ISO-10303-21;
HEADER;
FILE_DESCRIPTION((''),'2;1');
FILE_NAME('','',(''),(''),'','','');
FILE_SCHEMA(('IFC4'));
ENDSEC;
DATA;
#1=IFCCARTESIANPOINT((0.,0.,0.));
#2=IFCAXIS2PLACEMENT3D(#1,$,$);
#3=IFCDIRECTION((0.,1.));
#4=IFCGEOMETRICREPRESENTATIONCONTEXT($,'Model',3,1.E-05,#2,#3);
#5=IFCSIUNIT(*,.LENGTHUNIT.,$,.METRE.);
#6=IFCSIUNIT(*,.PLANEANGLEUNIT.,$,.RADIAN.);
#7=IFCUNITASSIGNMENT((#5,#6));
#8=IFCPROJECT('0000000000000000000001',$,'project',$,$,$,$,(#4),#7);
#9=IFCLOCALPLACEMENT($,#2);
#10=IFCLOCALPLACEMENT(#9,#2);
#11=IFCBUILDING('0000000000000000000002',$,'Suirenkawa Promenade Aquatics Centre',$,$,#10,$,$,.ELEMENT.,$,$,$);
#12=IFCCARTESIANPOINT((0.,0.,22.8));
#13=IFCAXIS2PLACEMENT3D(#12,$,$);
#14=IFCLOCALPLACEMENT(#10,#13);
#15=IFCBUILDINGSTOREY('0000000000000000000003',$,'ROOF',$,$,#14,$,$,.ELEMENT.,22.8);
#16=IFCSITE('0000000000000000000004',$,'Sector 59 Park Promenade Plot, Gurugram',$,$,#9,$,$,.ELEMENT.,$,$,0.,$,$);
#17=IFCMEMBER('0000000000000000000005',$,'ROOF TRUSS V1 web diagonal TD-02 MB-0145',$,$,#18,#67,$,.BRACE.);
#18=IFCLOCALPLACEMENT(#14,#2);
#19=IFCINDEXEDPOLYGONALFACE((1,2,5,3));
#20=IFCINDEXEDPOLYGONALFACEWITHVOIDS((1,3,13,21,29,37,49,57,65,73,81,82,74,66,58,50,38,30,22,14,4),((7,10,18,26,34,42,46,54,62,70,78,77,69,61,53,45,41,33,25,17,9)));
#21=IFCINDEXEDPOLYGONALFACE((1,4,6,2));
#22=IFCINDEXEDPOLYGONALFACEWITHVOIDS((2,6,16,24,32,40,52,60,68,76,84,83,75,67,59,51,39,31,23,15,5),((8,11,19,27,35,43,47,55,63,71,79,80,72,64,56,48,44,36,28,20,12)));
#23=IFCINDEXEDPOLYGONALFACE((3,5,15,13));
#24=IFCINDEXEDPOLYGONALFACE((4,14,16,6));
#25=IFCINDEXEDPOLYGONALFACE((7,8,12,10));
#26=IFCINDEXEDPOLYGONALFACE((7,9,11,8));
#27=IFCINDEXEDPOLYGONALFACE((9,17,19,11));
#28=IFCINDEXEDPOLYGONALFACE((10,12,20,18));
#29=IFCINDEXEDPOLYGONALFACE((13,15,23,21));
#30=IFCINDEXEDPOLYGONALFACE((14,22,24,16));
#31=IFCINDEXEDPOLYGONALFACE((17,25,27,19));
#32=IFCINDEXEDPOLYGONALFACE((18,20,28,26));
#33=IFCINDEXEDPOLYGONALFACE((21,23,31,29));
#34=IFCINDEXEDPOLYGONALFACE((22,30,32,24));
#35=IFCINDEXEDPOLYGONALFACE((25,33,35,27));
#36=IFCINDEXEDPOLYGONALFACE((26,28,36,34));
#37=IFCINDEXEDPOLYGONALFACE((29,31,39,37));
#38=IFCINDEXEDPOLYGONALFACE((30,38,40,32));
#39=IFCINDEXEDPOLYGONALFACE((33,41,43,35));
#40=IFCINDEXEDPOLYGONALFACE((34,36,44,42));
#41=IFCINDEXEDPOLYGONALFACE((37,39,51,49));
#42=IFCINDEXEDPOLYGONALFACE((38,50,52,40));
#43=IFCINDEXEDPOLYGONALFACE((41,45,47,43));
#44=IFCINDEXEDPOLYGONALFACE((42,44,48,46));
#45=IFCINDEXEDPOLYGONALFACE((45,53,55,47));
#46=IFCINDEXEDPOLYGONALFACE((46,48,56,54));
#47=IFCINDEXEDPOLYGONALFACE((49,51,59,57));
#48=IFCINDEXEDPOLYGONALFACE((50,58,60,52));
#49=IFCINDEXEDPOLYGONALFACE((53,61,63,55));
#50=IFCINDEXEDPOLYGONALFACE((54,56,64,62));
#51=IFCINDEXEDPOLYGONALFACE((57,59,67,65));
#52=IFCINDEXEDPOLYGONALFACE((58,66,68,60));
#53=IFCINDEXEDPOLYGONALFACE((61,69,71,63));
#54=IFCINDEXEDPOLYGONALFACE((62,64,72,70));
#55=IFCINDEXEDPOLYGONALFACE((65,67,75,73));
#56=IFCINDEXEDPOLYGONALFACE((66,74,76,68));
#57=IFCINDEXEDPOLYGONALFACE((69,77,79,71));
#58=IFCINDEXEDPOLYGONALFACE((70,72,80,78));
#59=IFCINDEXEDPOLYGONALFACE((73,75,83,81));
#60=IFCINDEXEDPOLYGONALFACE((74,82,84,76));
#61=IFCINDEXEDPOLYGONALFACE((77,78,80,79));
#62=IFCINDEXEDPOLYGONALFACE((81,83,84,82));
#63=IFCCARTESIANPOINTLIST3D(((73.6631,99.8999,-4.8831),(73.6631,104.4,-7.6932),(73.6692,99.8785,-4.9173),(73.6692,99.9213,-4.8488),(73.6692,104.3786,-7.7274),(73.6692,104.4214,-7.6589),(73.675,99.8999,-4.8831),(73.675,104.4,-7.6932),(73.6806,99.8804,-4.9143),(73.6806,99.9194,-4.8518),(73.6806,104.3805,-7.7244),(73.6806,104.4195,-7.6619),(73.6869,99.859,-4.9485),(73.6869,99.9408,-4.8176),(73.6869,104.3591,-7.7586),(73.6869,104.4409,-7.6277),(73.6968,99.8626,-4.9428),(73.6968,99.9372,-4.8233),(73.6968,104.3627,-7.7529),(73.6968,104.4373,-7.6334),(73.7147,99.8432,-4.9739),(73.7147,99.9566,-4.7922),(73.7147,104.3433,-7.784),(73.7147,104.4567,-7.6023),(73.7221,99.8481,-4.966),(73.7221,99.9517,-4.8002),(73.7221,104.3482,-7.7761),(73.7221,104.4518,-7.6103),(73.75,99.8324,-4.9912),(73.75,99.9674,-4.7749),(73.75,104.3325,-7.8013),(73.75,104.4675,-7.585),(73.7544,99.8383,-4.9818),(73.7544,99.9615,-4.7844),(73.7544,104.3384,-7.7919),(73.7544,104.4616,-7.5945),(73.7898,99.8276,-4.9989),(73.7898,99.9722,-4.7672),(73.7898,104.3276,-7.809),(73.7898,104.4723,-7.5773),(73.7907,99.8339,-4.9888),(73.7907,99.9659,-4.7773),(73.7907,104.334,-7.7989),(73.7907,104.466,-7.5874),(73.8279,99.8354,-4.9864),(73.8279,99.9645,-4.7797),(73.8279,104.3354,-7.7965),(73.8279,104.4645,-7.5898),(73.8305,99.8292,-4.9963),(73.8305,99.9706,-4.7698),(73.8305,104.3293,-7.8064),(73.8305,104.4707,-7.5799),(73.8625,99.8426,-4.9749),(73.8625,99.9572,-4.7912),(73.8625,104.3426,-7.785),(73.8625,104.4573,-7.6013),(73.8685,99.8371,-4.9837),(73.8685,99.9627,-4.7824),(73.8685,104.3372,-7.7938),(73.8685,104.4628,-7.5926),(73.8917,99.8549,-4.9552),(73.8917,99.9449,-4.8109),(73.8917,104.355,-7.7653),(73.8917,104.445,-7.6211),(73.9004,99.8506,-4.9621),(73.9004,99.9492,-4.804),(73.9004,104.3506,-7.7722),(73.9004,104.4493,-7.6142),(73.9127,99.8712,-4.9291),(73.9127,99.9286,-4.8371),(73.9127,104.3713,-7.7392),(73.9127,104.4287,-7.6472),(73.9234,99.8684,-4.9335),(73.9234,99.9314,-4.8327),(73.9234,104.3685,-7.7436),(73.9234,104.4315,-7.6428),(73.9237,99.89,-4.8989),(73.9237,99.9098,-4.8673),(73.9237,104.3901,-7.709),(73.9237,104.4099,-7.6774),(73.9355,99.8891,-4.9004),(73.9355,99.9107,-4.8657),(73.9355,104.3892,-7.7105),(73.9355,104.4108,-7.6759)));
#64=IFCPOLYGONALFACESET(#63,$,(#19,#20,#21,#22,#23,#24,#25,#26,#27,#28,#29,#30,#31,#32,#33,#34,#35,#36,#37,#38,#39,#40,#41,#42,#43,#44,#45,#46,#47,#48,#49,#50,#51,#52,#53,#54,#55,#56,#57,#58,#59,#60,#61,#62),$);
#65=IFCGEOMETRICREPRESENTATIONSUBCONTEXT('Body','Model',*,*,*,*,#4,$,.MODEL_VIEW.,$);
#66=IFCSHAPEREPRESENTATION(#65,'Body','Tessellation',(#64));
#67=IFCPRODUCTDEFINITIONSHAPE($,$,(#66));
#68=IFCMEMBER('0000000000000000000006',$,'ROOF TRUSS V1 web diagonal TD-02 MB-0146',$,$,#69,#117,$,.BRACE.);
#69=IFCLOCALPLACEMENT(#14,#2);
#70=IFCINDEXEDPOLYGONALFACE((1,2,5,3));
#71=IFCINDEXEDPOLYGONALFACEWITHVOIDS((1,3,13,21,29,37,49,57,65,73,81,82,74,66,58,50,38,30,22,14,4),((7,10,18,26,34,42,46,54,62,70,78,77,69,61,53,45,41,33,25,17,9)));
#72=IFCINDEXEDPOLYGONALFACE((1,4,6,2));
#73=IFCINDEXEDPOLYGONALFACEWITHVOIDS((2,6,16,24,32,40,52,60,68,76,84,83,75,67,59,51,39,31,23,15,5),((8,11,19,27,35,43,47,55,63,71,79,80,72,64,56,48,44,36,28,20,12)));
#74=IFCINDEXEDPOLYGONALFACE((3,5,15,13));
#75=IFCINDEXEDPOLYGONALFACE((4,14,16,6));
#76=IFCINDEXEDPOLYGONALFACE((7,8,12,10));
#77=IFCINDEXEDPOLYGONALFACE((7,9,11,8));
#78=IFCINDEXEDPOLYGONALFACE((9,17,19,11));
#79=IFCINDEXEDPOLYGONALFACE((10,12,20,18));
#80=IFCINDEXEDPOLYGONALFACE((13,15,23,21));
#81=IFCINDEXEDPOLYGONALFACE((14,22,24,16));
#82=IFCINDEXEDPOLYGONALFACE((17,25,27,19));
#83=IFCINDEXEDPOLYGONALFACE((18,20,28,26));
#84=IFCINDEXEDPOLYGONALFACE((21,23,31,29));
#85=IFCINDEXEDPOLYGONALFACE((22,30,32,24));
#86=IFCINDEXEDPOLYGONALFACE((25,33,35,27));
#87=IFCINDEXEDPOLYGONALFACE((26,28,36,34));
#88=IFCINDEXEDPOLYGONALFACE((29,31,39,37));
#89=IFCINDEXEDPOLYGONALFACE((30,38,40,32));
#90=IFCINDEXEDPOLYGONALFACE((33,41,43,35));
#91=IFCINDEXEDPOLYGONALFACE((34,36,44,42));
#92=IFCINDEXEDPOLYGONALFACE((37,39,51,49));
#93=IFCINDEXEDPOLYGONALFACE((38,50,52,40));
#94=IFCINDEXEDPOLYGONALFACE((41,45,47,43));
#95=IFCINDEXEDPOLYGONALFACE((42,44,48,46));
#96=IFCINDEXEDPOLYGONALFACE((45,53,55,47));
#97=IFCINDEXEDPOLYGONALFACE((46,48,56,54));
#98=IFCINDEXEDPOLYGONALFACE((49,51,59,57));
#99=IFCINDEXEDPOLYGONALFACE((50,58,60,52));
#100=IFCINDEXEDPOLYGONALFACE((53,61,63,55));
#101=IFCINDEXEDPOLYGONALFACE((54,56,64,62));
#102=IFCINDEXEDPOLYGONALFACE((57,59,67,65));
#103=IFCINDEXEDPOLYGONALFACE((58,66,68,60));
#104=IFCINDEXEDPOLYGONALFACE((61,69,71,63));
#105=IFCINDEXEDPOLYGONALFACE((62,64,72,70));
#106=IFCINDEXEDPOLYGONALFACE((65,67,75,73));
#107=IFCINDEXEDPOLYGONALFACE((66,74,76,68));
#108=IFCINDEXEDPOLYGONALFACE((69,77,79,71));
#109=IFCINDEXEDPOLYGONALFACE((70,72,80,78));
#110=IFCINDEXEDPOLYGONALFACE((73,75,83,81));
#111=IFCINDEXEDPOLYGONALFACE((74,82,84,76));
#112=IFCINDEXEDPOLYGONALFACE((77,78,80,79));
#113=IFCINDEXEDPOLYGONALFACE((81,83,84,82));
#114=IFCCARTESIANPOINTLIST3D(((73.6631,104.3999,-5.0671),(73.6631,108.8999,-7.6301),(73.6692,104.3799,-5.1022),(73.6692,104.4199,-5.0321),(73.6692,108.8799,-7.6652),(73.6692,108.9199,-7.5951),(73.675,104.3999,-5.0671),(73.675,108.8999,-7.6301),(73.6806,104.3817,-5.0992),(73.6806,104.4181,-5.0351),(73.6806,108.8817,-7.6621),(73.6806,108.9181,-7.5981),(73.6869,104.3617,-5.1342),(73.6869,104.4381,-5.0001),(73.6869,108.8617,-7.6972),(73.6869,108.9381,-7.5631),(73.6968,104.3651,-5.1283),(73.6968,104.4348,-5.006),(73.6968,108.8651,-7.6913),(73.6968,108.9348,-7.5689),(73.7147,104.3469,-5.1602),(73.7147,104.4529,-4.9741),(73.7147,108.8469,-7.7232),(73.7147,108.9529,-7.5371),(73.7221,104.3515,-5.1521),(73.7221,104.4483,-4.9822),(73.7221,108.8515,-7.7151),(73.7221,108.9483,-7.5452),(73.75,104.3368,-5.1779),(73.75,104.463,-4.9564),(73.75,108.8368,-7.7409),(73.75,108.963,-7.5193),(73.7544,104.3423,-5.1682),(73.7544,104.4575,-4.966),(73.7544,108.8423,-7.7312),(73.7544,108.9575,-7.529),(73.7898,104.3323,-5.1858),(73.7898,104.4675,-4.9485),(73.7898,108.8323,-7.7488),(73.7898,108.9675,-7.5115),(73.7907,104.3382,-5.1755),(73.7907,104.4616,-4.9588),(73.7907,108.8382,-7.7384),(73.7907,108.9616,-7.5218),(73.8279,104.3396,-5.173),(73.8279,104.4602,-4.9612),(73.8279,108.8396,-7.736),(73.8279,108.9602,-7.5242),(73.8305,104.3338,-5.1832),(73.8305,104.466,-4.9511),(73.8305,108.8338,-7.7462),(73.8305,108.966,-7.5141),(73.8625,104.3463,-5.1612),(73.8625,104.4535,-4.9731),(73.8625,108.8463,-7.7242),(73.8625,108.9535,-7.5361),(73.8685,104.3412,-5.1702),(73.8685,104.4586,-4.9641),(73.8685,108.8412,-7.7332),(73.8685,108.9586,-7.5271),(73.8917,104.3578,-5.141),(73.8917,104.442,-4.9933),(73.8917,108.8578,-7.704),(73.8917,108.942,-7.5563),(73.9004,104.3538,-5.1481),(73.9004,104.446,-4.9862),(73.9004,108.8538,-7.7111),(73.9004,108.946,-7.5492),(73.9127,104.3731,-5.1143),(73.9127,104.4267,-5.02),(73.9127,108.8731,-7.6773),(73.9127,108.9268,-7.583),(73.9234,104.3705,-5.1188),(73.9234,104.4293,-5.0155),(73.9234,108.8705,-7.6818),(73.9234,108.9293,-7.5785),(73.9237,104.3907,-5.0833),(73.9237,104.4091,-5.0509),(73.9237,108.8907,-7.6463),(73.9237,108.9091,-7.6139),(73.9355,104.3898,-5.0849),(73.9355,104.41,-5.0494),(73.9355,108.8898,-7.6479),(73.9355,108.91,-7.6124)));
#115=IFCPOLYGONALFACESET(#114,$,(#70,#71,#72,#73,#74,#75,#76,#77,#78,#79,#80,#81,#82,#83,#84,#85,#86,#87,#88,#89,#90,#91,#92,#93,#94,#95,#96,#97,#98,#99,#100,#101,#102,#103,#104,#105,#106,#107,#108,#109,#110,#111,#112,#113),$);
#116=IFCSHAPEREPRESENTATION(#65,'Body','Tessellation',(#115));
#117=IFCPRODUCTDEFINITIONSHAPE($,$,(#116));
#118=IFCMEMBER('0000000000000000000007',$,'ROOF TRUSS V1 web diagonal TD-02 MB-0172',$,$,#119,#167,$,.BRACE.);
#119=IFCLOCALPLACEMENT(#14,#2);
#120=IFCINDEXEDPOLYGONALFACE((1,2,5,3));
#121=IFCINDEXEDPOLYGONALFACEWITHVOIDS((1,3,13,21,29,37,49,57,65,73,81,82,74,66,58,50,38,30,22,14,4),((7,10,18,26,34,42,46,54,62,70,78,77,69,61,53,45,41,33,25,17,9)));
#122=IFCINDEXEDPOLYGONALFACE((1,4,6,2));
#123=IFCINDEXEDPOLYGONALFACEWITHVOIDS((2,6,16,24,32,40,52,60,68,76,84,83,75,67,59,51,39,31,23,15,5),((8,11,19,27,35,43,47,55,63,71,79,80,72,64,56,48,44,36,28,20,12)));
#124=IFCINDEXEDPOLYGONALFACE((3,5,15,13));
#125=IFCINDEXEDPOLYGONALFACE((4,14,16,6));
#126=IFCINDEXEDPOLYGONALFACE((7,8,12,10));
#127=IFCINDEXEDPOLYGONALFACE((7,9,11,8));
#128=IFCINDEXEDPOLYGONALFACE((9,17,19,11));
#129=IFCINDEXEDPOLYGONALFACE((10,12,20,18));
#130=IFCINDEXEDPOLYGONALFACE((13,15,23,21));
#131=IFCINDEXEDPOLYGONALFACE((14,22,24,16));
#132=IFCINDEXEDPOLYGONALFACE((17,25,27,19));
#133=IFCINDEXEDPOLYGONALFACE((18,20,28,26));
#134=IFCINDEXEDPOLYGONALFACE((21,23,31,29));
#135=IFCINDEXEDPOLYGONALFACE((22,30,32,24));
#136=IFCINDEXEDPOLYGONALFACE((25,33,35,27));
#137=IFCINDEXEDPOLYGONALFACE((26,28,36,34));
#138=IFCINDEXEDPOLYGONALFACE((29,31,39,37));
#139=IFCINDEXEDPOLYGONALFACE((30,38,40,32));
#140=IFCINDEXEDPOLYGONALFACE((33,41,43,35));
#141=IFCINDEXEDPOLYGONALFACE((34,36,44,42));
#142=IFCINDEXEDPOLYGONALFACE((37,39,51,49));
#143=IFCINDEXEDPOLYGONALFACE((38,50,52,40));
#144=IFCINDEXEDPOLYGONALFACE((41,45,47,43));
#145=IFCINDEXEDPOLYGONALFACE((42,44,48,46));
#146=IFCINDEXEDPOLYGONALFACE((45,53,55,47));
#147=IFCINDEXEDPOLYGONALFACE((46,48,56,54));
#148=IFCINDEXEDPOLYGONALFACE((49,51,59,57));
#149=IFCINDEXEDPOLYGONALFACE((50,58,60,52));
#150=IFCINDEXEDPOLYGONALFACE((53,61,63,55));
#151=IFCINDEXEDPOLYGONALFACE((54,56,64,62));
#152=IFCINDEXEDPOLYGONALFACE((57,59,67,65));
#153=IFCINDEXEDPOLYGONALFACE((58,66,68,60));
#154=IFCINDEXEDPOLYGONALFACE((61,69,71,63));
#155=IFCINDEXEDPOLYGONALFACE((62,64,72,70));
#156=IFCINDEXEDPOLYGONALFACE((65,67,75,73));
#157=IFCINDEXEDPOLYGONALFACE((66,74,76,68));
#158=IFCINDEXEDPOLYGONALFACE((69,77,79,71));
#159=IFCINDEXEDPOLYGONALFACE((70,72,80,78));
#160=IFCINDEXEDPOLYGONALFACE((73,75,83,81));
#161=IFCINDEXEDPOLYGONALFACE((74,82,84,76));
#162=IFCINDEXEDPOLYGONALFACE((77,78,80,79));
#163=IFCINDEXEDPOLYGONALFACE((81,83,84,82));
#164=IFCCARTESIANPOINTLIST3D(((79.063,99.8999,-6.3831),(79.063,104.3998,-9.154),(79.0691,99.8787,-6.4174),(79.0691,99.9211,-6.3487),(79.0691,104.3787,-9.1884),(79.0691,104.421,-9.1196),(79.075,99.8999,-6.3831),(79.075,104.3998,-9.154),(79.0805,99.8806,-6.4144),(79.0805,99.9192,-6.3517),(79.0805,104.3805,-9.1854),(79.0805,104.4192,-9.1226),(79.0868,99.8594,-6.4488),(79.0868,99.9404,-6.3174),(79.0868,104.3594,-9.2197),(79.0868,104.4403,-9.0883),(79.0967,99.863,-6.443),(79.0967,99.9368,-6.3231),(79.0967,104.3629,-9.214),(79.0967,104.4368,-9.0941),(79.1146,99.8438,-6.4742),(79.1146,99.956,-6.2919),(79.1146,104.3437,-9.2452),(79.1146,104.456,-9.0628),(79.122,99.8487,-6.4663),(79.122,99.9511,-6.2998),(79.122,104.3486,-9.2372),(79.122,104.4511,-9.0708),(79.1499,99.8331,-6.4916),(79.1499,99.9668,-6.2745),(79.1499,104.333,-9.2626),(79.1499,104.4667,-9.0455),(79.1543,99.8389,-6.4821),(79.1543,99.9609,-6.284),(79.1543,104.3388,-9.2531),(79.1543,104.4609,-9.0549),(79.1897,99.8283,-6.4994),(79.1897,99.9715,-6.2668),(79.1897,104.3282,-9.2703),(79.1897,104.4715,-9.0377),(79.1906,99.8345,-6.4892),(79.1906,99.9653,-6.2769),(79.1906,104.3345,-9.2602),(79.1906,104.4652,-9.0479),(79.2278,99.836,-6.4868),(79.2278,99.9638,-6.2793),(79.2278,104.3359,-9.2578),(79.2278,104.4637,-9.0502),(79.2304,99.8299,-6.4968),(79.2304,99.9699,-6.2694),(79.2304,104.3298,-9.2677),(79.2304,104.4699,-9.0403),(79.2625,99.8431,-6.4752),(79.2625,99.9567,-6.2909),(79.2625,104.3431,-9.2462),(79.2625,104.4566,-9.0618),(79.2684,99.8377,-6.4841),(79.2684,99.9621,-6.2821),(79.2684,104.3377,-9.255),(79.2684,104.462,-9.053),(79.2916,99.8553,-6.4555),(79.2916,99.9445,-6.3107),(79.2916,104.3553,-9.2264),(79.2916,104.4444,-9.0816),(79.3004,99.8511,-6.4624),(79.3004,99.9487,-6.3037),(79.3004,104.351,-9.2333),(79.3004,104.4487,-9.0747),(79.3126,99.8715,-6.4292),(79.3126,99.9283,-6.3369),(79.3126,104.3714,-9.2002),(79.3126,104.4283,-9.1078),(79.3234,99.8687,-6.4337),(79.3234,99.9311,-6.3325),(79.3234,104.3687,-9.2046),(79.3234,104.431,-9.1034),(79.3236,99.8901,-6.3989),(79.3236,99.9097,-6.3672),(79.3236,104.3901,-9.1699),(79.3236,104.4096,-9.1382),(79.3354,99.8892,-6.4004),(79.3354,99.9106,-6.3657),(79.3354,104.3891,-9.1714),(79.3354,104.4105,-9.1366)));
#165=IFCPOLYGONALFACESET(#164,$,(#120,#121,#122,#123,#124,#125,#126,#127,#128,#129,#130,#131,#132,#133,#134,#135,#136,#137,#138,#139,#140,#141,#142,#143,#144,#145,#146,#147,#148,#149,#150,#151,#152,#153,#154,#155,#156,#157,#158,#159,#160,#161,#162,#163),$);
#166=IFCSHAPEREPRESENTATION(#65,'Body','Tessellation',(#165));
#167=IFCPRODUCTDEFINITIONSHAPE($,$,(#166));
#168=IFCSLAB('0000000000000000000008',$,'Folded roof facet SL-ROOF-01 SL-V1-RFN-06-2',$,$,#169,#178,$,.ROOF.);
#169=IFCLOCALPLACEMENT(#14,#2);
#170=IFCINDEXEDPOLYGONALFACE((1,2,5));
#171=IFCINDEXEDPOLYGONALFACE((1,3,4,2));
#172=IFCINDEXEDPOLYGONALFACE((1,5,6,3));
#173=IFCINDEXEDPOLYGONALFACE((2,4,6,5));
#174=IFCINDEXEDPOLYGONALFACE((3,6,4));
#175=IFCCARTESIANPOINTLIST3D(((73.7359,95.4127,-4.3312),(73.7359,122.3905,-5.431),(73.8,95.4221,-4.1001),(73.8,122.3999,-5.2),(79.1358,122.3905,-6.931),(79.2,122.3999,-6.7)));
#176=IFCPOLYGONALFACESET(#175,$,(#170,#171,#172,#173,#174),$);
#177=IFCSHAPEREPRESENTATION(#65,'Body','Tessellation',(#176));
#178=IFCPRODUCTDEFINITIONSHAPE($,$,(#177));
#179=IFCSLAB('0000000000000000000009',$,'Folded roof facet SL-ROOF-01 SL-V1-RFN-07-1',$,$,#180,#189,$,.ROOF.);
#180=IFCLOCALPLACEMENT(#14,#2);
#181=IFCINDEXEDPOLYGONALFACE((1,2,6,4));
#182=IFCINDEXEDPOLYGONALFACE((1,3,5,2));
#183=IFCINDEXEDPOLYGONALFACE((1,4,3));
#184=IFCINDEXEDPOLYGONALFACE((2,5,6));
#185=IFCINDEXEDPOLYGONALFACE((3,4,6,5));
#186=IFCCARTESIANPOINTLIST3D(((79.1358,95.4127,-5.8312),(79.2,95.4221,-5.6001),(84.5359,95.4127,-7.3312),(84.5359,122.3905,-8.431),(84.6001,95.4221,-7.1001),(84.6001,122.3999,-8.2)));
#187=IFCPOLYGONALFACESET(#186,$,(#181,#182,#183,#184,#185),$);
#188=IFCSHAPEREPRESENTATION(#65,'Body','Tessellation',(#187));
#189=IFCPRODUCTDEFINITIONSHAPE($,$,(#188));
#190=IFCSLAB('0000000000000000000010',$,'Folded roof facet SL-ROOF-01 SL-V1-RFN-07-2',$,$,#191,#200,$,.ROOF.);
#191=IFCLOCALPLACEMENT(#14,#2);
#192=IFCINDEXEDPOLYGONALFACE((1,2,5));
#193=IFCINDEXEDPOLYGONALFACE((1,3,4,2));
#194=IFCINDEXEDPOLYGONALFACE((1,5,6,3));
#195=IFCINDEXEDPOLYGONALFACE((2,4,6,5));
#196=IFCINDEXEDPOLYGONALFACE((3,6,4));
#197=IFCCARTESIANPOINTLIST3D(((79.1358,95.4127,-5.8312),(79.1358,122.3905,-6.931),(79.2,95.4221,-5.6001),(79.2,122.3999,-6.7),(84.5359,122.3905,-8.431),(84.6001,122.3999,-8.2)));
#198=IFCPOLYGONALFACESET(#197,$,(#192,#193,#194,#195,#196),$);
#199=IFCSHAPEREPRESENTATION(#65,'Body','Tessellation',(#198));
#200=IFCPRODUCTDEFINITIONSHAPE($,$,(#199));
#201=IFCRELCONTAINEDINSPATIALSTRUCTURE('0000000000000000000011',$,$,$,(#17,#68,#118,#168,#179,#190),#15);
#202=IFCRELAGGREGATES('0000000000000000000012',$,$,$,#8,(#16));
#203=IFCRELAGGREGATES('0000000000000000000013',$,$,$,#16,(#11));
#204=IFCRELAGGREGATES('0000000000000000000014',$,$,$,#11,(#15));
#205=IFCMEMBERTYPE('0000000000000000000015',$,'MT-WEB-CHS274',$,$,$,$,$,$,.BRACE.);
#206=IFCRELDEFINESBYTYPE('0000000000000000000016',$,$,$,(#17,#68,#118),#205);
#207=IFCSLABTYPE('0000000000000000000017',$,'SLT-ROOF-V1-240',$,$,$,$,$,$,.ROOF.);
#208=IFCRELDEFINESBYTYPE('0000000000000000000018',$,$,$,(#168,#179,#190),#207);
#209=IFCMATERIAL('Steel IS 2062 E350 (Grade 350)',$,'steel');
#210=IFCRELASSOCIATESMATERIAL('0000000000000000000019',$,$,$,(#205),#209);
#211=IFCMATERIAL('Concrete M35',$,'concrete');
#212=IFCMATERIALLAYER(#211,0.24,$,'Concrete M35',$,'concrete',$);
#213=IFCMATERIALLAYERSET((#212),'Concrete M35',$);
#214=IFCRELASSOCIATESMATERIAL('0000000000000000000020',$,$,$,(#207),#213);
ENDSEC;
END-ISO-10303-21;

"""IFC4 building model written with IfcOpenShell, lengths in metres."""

from ifc_helpers import new_model, si_unit, direction, frame, origin, origin_2d, place, context, subcontext, project, spatial, polyline, hollow_circle, outline, extrude, material, layer, layer_set, material_profile, profile_set, type_object, element, save


model = new_model("IFC4")

# Units and contexts
model_context = context("Model", 3, precision=1e-05, world=origin(), true_north=direction((0.0, 1.0)))
body_context = subcontext(model_context, "Body", "Model", "MODEL_VIEW")
ifc_project = project(units=[si_unit("LENGTHUNIT", "METRE"), si_unit("PLANEANGLEUNIT", "RADIAN")], contexts=[model_context])

# Site, building, storey
site_placement = place(None, origin())
site = spatial("IfcSite", under=ifc_project, at=site_placement, Name="Sector 59 Park Promenade Plot, Gurugram", CompositionType="ELEMENT", RefElevation=0.0)
building_placement = place(site_placement, origin())
building = spatial("IfcBuilding", under=site, at=building_placement, Name="Suirenkawa Promenade Aquatics Centre", CompositionType="ELEMENT")
storey_placement = place(building_placement, frame((0.0, 0.0, 22.8)))
storey = spatial("IfcBuildingStorey", under=building, at=storey_placement, Name="ROOF", CompositionType="ELEMENT", Elevation=22.8)

# Shared definitions
ifc_material_1 = material(Name="Steel IS 2062 E350 (Grade 350)", Category="steel")

# Members
ifc_material_profile_1 = material_profile(ifc_material_1, hollow_circle(Radius=0.137, WallThickness=0.012, at=origin_2d()), Name="CHS 274x12", Category="steel")
ifc_profile_set_1 = profile_set([ifc_material_profile_1], Name="Steel IS 2062 E350 (Grade 350)")
member_type_1 = type_object("IfcMemberType", Name="MT-WEB-CHS274", PredefinedType="BRACE", material=ifc_profile_set_1)
member_1_placement = place(storey_placement, frame((73.8, 99.8999, -4.8831), z_axis=(0.0, 0.848205, -0.529668), x_axis=(-1.0, 0.0, 0.0)))
element("IfcMember", 1, at=member_1_placement, inside=storey, type_object=member_type_1, Name="ROOF TRUSS V1 web diagonal TD-02 MB-0145", PredefinedType="BRACE", context=body_context, shape_type="SweptSolid", body=[
    extrude(hollow_circle(Radius=0.137, WallThickness=0.012, at=origin_2d()), origin(), (0.0, 0.0, 1.0), 5.3054),
])
member_2_placement = place(storey_placement, frame((73.8, 104.3999, -5.0671), z_axis=(0.0, 0.868944, -0.49491), x_axis=(-1.0, 0.0, 0.0)))
element("IfcMember", 2, at=member_2_placement, inside=storey, type_object=member_type_1, Name="ROOF TRUSS V1 web diagonal TD-02 MB-0146", PredefinedType="BRACE", context=body_context, shape_type="SweptSolid", body=[
    extrude(hollow_circle(Radius=0.137, WallThickness=0.012, at=origin_2d()), origin(), (0.0, 0.0, 1.0), 5.1787),
])
member_3_placement = place(storey_placement, frame((79.2, 99.8999, -6.3831), z_axis=(0.0, 0.851509, -0.52434), x_axis=(-1.0, 0.0, 0.0)))
element("IfcMember", 3, at=member_3_placement, inside=storey, type_object=member_type_1, Name="ROOF TRUSS V1 web diagonal TD-02 MB-0172", PredefinedType="BRACE", context=body_context, shape_type="SweptSolid", body=[
    extrude(hollow_circle(Radius=0.137, WallThickness=0.012, at=origin_2d()), origin(), (0.0, 0.0, 1.0), 5.2847),
])

# Slabs
ifc_material_2 = material(Name="Concrete M35", Category="concrete")
ifc_layer = layer(ifc_material_2, 0.24, Name="Concrete M35", Category="concrete")
ifc_layer_set = layer_set([ifc_layer], Name="Concrete M35")
slab_type = type_object("IfcSlabType", Name="SLT-ROOF-V1-240", PredefinedType="ROOF", material=ifc_layer_set)
slab_1_placement = place(storey_placement, frame((73.8, 95.4221, -4.1001), z_axis=(0.267442, 0.039251, 0.962774), x_axis=(0.195398, 0.976202, -0.094077)))
element("IfcSlab", 4, at=slab_1_placement, inside=storey, type_object=slab_type, Name="Folded roof facet SL-ROOF-01 SL-V1-RFN-06-2", PredefinedType="ROOF", context=body_context, shape_type="SweptSolid", body=[
    extrude(outline(polyline([(0.0, 0.0), (27.6355, 0.0), (26.4392, 5.4752), (0.0, 0.0)])), origin(), (0.0, 0.0, -1.0), 0.24),
])
slab_2_placement = place(storey_placement, frame((79.2, 95.4221, -5.6001), z_axis=(0.267431, 0.039251, 0.962777), x_axis=(0.96352, 0.0, -0.267637)))
element("IfcSlab", 5, at=slab_2_placement, inside=storey, type_object=slab_type, Name="Folded roof facet SL-ROOF-01 SL-V1-RFN-07-1", PredefinedType="ROOF", context=body_context, shape_type="SweptSolid", body=[
    extrude(outline(polyline([(0.0, 0.0), (5.6046, 0.0), (5.899, 26.9986), (0.0, 0.0)])), origin(), (0.0, 0.0, -1.0), 0.24),
])
slab_3_placement = place(storey_placement, frame((79.2, 95.4221, -5.6001), z_axis=(0.267431, 0.039251, 0.962777), x_axis=(0.195406, 0.9762, -0.094077)))
element("IfcSlab", 6, at=slab_3_placement, inside=storey, type_object=slab_type, Name="Folded roof facet SL-ROOF-01 SL-V1-RFN-07-2", PredefinedType="ROOF", context=body_context, shape_type="SweptSolid", body=[
    extrude(outline(polyline([(0.0, 0.0), (27.6355, 0.0), (26.4392, 5.4754), (0.0, 0.0)])), origin(), (0.0, 0.0, -1.0), 0.24),
])

save(model, "model.ifc")
